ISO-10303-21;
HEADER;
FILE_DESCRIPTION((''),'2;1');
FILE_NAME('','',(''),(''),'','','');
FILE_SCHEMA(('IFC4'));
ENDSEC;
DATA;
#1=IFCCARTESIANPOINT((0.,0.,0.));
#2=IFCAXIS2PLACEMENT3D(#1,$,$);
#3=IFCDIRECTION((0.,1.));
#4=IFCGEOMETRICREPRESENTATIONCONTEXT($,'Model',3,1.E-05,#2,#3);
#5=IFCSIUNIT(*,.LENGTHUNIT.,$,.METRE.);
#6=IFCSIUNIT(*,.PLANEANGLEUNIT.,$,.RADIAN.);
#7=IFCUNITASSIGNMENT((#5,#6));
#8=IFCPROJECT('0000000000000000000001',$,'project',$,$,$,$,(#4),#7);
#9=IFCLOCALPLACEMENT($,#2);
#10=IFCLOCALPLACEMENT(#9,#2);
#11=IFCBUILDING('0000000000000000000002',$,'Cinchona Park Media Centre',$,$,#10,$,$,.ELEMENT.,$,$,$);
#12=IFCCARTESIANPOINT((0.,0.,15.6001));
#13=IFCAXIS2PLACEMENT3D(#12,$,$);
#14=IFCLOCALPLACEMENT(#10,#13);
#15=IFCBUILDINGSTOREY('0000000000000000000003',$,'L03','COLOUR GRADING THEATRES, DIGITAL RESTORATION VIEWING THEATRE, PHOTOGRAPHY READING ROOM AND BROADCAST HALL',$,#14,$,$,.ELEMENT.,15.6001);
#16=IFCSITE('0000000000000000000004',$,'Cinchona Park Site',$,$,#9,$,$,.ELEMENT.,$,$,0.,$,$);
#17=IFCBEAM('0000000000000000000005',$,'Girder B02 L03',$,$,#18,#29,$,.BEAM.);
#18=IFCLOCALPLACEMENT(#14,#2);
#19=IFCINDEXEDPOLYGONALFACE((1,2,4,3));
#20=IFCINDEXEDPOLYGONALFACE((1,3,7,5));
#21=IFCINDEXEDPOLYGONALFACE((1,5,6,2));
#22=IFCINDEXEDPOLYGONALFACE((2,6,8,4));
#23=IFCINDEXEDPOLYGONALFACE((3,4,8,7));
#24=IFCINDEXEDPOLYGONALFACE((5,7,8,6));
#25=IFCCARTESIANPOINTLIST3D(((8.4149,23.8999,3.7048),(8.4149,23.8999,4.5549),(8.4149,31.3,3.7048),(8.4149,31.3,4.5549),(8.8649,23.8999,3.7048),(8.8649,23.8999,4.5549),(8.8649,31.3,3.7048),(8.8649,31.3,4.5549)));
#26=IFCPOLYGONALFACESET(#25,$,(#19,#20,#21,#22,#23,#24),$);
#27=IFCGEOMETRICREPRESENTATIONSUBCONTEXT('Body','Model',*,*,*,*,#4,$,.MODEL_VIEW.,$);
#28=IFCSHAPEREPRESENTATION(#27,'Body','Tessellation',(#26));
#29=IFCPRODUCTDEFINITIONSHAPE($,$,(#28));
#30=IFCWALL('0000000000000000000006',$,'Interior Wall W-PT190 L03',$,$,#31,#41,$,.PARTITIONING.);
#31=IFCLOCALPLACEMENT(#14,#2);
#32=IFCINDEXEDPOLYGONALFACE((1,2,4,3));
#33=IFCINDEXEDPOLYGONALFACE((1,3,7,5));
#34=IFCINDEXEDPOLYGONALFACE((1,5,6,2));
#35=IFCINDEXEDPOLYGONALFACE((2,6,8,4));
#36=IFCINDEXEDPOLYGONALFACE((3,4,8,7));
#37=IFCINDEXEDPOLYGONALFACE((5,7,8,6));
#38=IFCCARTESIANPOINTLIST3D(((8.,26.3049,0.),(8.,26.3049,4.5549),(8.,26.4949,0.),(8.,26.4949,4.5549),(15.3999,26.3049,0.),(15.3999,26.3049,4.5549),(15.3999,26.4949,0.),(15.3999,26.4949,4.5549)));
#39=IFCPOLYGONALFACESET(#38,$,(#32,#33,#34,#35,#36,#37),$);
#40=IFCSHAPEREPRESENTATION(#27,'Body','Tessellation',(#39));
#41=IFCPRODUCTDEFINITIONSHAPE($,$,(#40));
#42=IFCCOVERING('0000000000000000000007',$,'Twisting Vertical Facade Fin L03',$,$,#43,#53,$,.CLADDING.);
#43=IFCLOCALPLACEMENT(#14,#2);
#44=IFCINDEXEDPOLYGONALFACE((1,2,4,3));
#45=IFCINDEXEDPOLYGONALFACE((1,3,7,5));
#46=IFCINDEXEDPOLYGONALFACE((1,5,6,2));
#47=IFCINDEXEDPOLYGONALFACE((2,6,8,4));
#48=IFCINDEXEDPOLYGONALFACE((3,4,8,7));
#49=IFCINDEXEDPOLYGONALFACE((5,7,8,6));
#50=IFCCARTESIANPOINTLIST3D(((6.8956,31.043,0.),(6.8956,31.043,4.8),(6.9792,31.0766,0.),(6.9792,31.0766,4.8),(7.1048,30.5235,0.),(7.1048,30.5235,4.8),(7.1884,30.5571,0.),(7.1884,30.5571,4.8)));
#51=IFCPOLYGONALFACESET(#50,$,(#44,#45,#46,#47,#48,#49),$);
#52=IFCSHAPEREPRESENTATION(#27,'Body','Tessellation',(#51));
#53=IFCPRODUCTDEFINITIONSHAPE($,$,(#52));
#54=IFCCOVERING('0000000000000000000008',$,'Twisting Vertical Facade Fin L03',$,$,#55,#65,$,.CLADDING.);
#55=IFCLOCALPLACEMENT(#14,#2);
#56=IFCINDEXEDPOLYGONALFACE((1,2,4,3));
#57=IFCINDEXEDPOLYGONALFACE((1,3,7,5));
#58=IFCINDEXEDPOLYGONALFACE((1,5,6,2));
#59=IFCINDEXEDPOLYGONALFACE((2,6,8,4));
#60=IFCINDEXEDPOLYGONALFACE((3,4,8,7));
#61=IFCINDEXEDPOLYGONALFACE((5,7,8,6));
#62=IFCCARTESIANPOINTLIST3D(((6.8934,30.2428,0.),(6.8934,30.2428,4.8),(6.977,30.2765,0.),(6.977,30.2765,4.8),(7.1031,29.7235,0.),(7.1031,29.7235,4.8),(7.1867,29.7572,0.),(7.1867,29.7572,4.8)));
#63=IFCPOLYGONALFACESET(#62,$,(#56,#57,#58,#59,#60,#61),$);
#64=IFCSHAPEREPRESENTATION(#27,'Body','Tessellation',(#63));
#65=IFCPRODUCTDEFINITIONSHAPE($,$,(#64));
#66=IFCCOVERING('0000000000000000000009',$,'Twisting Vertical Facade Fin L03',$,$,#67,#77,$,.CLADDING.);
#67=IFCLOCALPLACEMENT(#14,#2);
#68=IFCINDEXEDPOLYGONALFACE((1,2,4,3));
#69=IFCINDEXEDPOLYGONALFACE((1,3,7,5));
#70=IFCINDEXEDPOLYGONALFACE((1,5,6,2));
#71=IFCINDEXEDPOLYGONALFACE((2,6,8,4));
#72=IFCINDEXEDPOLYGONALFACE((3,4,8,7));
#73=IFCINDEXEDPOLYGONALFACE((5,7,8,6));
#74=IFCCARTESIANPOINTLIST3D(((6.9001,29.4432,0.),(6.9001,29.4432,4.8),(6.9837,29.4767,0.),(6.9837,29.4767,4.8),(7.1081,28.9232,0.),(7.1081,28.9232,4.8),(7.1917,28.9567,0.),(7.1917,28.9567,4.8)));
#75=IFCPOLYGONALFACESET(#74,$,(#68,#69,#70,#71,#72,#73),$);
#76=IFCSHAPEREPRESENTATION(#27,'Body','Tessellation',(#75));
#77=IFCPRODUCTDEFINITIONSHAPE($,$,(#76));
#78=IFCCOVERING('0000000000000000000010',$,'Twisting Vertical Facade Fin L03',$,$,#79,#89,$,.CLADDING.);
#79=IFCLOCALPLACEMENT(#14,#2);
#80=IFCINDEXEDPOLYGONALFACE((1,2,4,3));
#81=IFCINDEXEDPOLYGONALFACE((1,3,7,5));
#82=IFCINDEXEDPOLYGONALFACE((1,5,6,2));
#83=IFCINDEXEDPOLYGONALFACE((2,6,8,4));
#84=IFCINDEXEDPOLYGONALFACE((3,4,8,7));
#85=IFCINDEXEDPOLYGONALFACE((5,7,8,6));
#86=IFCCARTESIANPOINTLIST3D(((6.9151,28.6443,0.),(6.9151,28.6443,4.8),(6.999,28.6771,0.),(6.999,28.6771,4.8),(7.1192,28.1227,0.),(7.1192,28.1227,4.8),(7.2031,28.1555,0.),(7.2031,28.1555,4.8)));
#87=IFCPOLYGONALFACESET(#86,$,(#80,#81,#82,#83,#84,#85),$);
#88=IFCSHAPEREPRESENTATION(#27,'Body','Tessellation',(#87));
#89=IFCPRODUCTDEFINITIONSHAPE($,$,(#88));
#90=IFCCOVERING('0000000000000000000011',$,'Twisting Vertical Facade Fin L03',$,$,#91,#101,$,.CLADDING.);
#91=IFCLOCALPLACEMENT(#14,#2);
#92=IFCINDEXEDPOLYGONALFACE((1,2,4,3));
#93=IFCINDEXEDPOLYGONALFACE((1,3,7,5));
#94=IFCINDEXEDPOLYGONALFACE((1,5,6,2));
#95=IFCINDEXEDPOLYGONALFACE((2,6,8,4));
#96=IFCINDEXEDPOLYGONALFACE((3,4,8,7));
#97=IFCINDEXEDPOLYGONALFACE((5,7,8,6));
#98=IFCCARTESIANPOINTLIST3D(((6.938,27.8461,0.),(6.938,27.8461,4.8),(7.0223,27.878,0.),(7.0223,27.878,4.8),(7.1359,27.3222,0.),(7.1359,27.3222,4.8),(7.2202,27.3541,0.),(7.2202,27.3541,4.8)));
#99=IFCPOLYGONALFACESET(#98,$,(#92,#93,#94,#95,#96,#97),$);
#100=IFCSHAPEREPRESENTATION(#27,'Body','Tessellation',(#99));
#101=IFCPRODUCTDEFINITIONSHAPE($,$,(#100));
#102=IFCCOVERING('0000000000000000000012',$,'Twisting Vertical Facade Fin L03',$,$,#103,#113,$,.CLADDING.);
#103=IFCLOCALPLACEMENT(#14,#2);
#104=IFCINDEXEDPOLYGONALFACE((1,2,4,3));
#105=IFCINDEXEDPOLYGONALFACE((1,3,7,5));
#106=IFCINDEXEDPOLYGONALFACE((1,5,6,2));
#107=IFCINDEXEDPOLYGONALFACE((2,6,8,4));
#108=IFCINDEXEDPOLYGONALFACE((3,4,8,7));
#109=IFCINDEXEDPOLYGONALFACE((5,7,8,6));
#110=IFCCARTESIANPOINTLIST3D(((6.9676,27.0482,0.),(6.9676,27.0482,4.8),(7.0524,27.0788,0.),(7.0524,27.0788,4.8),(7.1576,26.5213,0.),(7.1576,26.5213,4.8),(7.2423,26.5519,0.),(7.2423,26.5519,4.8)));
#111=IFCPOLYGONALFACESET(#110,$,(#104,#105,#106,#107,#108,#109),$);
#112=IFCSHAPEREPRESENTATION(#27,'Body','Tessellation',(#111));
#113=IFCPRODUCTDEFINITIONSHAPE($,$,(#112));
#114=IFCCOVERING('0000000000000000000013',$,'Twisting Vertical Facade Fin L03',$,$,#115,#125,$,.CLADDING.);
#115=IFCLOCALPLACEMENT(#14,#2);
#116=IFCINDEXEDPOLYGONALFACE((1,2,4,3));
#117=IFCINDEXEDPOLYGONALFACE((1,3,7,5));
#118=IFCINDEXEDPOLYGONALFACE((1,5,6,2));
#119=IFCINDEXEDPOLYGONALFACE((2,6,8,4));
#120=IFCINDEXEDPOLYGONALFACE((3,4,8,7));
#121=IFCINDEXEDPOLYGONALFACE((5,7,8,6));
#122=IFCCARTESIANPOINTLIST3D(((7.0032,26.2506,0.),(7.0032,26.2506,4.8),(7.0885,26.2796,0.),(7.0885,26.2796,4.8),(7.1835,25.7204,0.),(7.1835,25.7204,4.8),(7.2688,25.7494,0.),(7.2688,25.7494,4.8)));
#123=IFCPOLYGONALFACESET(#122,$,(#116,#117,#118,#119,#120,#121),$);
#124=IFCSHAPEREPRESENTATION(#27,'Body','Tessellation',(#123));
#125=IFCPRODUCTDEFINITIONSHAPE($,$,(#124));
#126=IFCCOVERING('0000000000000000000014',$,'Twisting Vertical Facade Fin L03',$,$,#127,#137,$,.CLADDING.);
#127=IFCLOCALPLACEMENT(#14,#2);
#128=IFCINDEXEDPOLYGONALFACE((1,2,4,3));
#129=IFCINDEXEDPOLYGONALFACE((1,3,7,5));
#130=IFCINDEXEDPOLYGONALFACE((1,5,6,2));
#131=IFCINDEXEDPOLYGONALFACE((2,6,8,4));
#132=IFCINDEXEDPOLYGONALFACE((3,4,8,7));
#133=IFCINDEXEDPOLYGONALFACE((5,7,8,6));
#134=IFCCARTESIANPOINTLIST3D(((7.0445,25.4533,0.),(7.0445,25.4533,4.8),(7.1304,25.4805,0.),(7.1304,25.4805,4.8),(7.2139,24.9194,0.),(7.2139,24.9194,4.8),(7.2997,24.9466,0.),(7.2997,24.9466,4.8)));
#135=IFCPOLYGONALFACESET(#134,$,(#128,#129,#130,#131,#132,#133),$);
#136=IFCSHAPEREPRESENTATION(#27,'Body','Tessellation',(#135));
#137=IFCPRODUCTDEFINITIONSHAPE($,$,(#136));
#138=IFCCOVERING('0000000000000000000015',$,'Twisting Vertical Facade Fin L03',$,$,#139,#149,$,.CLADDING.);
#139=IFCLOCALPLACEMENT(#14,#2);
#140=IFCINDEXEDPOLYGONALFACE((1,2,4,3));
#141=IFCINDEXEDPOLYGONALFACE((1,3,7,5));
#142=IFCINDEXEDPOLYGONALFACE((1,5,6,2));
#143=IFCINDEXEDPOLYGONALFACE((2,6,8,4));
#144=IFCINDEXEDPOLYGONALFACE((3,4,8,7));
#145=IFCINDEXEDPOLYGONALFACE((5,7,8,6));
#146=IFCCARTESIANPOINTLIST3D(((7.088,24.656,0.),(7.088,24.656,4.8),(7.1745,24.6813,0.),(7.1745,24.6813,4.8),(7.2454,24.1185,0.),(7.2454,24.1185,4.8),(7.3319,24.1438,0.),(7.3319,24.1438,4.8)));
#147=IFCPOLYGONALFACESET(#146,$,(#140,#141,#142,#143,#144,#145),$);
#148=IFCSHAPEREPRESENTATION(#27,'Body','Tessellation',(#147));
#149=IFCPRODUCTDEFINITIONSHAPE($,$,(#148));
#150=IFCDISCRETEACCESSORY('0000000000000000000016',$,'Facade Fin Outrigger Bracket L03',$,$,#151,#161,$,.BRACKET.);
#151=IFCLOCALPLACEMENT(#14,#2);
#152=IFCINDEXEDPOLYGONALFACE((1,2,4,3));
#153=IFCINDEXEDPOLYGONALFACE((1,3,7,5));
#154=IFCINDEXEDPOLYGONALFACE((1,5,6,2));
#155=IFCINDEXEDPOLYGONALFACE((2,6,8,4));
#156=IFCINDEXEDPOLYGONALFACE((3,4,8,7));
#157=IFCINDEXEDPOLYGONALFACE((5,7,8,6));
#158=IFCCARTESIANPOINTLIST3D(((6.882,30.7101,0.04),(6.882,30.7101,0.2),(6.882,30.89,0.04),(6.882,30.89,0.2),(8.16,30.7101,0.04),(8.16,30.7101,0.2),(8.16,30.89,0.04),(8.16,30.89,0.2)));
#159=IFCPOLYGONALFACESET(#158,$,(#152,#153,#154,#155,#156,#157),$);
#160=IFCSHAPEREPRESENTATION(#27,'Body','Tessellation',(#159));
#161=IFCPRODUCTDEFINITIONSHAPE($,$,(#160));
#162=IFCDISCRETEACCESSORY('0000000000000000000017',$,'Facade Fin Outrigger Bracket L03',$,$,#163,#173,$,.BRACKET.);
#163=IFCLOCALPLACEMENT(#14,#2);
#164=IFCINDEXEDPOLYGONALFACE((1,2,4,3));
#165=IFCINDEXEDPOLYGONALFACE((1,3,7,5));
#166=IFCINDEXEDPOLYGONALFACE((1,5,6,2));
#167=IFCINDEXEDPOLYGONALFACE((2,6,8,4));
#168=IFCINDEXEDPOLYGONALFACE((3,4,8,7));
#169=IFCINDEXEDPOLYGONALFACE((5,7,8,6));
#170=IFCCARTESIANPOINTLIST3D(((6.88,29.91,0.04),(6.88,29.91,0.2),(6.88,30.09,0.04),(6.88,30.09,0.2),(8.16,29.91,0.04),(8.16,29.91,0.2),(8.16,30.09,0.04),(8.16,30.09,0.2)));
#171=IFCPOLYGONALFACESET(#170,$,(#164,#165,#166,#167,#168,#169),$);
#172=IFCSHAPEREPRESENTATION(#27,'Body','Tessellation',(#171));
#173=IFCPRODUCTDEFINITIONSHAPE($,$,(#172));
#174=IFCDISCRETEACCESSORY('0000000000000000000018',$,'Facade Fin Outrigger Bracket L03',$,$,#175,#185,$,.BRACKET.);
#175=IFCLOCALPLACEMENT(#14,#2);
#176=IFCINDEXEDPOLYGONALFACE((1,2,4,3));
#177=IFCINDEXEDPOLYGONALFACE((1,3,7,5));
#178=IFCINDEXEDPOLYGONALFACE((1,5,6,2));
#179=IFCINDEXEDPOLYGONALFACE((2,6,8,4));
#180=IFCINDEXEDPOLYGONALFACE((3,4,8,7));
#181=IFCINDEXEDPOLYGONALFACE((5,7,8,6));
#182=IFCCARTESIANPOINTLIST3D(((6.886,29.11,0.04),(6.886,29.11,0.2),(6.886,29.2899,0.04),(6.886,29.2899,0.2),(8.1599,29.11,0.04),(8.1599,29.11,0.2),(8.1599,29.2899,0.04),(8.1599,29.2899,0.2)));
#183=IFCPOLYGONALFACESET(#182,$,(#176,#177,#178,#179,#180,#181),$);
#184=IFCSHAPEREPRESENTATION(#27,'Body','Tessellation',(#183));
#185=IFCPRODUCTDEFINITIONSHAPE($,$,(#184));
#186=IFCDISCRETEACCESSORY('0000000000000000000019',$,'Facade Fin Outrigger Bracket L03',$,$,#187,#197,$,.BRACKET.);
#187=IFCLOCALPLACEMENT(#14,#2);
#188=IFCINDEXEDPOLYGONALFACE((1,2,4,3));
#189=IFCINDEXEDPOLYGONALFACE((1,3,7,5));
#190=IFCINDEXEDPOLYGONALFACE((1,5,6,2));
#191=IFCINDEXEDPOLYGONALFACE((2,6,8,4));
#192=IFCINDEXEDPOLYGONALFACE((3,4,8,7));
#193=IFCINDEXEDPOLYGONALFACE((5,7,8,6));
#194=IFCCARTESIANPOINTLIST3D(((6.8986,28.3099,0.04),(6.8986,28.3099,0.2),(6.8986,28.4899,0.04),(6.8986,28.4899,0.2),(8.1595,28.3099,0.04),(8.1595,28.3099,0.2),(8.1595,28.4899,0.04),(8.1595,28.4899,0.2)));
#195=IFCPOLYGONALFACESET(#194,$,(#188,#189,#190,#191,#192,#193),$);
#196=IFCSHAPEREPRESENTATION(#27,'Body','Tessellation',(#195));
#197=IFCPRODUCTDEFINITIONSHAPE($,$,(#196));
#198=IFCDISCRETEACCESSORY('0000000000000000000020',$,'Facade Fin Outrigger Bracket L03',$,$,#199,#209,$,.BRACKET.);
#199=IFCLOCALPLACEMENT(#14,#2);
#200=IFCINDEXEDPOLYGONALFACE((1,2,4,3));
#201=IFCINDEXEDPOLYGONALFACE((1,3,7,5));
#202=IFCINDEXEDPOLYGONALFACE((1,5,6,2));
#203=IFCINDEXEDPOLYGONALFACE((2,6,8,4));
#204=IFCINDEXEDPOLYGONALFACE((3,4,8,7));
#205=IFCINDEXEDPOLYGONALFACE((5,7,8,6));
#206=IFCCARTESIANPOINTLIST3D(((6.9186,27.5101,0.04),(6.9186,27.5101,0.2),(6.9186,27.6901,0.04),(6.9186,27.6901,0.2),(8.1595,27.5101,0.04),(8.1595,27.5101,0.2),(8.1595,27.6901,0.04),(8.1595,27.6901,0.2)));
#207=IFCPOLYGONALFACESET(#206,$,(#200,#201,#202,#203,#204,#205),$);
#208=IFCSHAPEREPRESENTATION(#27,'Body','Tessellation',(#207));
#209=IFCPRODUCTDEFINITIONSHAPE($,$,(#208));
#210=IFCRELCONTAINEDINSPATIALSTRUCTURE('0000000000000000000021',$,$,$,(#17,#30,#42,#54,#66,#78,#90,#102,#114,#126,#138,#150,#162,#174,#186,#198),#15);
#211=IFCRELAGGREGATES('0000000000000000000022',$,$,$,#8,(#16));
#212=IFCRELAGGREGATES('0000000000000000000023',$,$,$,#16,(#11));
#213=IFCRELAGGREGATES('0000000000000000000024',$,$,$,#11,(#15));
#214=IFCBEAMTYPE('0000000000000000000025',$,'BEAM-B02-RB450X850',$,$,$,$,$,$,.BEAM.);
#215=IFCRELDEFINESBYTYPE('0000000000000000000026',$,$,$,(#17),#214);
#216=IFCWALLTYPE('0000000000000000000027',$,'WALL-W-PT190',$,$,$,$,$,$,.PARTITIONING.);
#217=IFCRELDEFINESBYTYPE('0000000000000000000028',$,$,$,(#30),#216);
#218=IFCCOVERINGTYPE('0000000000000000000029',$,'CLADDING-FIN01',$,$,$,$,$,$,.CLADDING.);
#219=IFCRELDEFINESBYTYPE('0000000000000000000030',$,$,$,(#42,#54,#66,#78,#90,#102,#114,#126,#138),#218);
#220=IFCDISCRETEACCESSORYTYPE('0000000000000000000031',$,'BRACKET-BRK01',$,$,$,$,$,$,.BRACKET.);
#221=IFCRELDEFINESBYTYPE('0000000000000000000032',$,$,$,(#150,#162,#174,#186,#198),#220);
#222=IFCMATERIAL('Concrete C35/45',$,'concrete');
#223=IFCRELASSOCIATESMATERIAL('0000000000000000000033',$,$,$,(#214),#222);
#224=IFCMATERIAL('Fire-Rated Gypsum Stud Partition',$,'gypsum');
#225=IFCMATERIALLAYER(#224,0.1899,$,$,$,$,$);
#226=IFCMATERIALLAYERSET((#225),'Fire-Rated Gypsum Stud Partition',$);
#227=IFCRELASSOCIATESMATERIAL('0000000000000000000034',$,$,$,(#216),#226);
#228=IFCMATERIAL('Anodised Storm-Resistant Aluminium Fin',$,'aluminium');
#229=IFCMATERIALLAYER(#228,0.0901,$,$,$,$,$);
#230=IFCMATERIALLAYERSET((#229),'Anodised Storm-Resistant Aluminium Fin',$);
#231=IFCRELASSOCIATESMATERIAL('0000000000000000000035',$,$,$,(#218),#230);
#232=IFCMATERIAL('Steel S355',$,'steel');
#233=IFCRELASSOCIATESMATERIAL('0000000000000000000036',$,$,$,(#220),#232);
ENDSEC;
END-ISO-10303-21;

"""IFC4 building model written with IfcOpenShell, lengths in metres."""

from ifc_helpers import new_model, si_unit, direction, frame, frame_2d, origin, origin_2d, place, context, subcontext, project, spatial, rectangle, extrude, material, layer, layer_set, material_profile, profile_set, type_object, element, save


model = new_model("IFC4")

# Units and contexts
model_context = context("Model", 3, precision=1e-05, world=origin(), true_north=direction((0.0, 1.0)))
body_context = subcontext(model_context, "Body", "Model", "MODEL_VIEW")
ifc_project = project(units=[si_unit("LENGTHUNIT", "METRE"), si_unit("PLANEANGLEUNIT", "RADIAN")], contexts=[model_context])

# Site, building, storey
site_placement = place(None, origin())
site = spatial("IfcSite", under=ifc_project, at=site_placement, Name="Cinchona Park Site", CompositionType="ELEMENT", RefElevation=0.0)
building_placement = place(site_placement, origin())
building = spatial("IfcBuilding", under=site, at=building_placement, Name="Cinchona Park Media Centre", CompositionType="ELEMENT")
storey_placement = place(building_placement, frame((0.0, 0.0, 15.6001)))
storey = spatial("IfcBuildingStorey", under=building, at=storey_placement, Name="L03", Description="COLOUR GRADING THEATRES, DIGITAL RESTORATION VIEWING THEATRE, PHOTOGRAPHY READING ROOM AND BROADCAST HALL", CompositionType="ELEMENT", Elevation=15.6001)

# Beam
ifc_material_1 = material(Name="Concrete C35/45", Category="concrete")
ifc_material_profile = material_profile(ifc_material_1, rectangle(XDim=0.45, YDim=0.8501, at=origin_2d()), Name="RB 450X850")
ifc_profile_set = profile_set([ifc_material_profile], Name="Concrete C35/45")
beam_type = type_object("IfcBeamType", Name="BEAM-B02-RB450X850", PredefinedType="BEAM", material=ifc_profile_set)
beam_placement = place(storey_placement, frame((8.6399, 23.8999, 4.1299), z_axis=(0.0, 1.0, 0.0), x_axis=(-1.0, 0.0, 0.0)))
element("IfcBeam", 1, at=beam_placement, inside=storey, type_object=beam_type, Name="Girder B02 L03", PredefinedType="BEAM", context=body_context, shape_type="SweptSolid", body=[
    extrude(rectangle(XDim=0.45, YDim=0.8501, at=origin_2d()), origin(), (0.0, 0.0, 1.0), 7.4001),
])

# Wall
ifc_material_2 = material(Name="Fire-Rated Gypsum Stud Partition", Category="gypsum")
ifc_layer_1 = layer(ifc_material_2, 0.1899)
ifc_layer_set_1 = layer_set([ifc_layer_1], Name="Fire-Rated Gypsum Stud Partition")
wall_type = type_object("IfcWallType", Name="WALL-W-PT190", PredefinedType="PARTITIONING", material=ifc_layer_set_1)
wall_placement = place(storey_placement, frame((8.0, 26.3999, 0.0), z_axis=(0.0, 0.0, 1.0), x_axis=(1.0, 0.0, 0.0)))
element("IfcWall", 2, at=wall_placement, inside=storey, type_object=wall_type, Name="Interior Wall W-PT190 L03", PredefinedType="PARTITIONING", context=body_context, shape_type="SweptSolid", body=[
    extrude(rectangle(XDim=7.3999, YDim=0.1899, at=frame_2d((3.7, 0.0))), origin(), (0.0, 0.0, 1.0), 4.5549),
])

# Coverings
ifc_material_3 = material(Name="Anodised Storm-Resistant Aluminium Fin", Category="aluminium")
ifc_layer_2 = layer(ifc_material_3, 0.0901)
ifc_layer_set_2 = layer_set([ifc_layer_2], Name="Anodised Storm-Resistant Aluminium Fin")
covering_type = type_object("IfcCoveringType", Name="CLADDING-FIN01", PredefinedType="CLADDING", material=ifc_layer_set_2)
for number, where, z_axis, x_axis, name in (
    (3, (7.042, 30.8, 0.0), (0.0, 0.0, 1.0), (0.373474, -0.927641, 0.0), "Twisting Vertical Facade Fin L03"),
    (4, (7.04, 30.0, 0.0), (0.0, 0.0, 1.0), (0.374445, -0.927249, 0.0), "Twisting Vertical Facade Fin L03"),
    (5, (7.0459, 29.2, 0.0), (0.0, 0.0, 1.0), (0.371368, -0.928486, 0.0), "Twisting Vertical Facade Fin L03"),
    (6, (7.0591, 28.3999, 0.0), (0.0, 0.0, 1.0), (0.364389, -0.931247, 0.0), "Twisting Vertical Facade Fin L03"),
    (7, (7.0791, 27.6001, 0.0), (0.0, 0.0, 1.0), (0.353475, -0.935444, 0.0), "Twisting Vertical Facade Fin L03"),
    (8, (7.105, 26.8, 0.0), (0.0, 0.0, 1.0), (0.339231, -0.940703, 0.0), "Twisting Vertical Facade Fin L03"),
    (9, (7.136, 26.0, 0.0), (0.0, 0.0, 1.0), (0.321935, -0.946762, 0.0), "Twisting Vertical Facade Fin L03"),
    (10, (7.1721, 25.2, 0.0), (0.0, 0.0, 1.0), (0.30237, -0.953191, 0.0), "Twisting Vertical Facade Fin L03"),
    (11, (7.21, 24.3999, 0.0), (0.0, 0.0, 1.0), (0.281002, -0.959707, 0.0), "Twisting Vertical Facade Fin L03"),
):
    element("IfcCovering", number, at=place(storey_placement, frame(where, z_axis=z_axis, x_axis=x_axis)), inside=storey, type_object=covering_type, Name=name, PredefinedType="CLADDING", context=body_context, shape_type="SweptSolid", body=[
        extrude(rectangle(XDim=0.5601, YDim=0.0901, at=origin_2d()), origin(), (0.0, 0.0, 1.0), 4.8),
    ])

# Discrete accessories
ifc_material_4 = material(Name="Steel S355", Category="steel")
discrete_accessory_type = type_object("IfcDiscreteAccessoryType", Name="BRACKET-BRK01", PredefinedType="BRACKET", material=ifc_material_4)
discrete_accessory_1_placement = place(storey_placement, frame((7.521, 30.8, 0.04), z_axis=(0.0, 0.0, 1.0), x_axis=(0.0, -1.0, 0.0)))
element("IfcDiscreteAccessory", 12, at=discrete_accessory_1_placement, inside=storey, type_object=discrete_accessory_type, Name="Facade Fin Outrigger Bracket L03", PredefinedType="BRACKET", context=body_context, shape_type="SweptSolid", body=[
    extrude(rectangle(XDim=0.1799, YDim=1.2781, at=origin_2d()), origin(), (0.0, 0.0, 1.0), 0.1599),
])
discrete_accessory_2_placement = place(storey_placement, frame((7.52, 30.0, 0.04), z_axis=(0.0, 0.0, 1.0), x_axis=(0.0, -1.0, 0.0)))
element("IfcDiscreteAccessory", 13, at=discrete_accessory_2_placement, inside=storey, type_object=discrete_accessory_type, Name="Facade Fin Outrigger Bracket L03", PredefinedType="BRACKET", context=body_context, shape_type="SweptSolid", body=[
    extrude(rectangle(XDim=0.1799, YDim=1.28, at=origin_2d()), origin(), (0.0, 0.0, 1.0), 0.1599),
])
discrete_accessory_3_placement = place(storey_placement, frame((7.5229, 29.2, 0.04), z_axis=(0.0, 0.0, 1.0), x_axis=(0.0, -1.0, 0.0)))
element("IfcDiscreteAccessory", 14, at=discrete_accessory_3_placement, inside=storey, type_object=discrete_accessory_type, Name="Facade Fin Outrigger Bracket L03", PredefinedType="BRACKET", context=body_context, shape_type="SweptSolid", body=[
    extrude(rectangle(XDim=0.1799, YDim=1.2739, at=origin_2d()), origin(), (0.0, 0.0, 1.0), 0.1599),
])
discrete_accessory_4_placement = place(storey_placement, frame((7.5291, 28.3999, 0.04), z_axis=(0.0, 0.0, 1.0), x_axis=(0.0, -1.0, 0.0)))
element("IfcDiscreteAccessory", 15, at=discrete_accessory_4_placement, inside=storey, type_object=discrete_accessory_type, Name="Facade Fin Outrigger Bracket L03", PredefinedType="BRACKET", context=body_context, shape_type="SweptSolid", body=[
    extrude(rectangle(XDim=0.1799, YDim=1.261, at=origin_2d()), origin(), (0.0, 0.0, 1.0), 0.1599),
])
discrete_accessory_5_placement = place(storey_placement, frame((7.5391, 27.6001, 0.04), z_axis=(0.0, 0.0, 1.0), x_axis=(0.0, -1.0, 0.0)))
element("IfcDiscreteAccessory", 16, at=discrete_accessory_5_placement, inside=storey, type_object=discrete_accessory_type, Name="Facade Fin Outrigger Bracket L03", PredefinedType="BRACKET", context=body_context, shape_type="SweptSolid", body=[
    extrude(rectangle(XDim=0.1799, YDim=1.241, at=origin_2d()), origin(), (0.0, 0.0, 1.0), 0.1599),
])

save(model, "model.ifc")
